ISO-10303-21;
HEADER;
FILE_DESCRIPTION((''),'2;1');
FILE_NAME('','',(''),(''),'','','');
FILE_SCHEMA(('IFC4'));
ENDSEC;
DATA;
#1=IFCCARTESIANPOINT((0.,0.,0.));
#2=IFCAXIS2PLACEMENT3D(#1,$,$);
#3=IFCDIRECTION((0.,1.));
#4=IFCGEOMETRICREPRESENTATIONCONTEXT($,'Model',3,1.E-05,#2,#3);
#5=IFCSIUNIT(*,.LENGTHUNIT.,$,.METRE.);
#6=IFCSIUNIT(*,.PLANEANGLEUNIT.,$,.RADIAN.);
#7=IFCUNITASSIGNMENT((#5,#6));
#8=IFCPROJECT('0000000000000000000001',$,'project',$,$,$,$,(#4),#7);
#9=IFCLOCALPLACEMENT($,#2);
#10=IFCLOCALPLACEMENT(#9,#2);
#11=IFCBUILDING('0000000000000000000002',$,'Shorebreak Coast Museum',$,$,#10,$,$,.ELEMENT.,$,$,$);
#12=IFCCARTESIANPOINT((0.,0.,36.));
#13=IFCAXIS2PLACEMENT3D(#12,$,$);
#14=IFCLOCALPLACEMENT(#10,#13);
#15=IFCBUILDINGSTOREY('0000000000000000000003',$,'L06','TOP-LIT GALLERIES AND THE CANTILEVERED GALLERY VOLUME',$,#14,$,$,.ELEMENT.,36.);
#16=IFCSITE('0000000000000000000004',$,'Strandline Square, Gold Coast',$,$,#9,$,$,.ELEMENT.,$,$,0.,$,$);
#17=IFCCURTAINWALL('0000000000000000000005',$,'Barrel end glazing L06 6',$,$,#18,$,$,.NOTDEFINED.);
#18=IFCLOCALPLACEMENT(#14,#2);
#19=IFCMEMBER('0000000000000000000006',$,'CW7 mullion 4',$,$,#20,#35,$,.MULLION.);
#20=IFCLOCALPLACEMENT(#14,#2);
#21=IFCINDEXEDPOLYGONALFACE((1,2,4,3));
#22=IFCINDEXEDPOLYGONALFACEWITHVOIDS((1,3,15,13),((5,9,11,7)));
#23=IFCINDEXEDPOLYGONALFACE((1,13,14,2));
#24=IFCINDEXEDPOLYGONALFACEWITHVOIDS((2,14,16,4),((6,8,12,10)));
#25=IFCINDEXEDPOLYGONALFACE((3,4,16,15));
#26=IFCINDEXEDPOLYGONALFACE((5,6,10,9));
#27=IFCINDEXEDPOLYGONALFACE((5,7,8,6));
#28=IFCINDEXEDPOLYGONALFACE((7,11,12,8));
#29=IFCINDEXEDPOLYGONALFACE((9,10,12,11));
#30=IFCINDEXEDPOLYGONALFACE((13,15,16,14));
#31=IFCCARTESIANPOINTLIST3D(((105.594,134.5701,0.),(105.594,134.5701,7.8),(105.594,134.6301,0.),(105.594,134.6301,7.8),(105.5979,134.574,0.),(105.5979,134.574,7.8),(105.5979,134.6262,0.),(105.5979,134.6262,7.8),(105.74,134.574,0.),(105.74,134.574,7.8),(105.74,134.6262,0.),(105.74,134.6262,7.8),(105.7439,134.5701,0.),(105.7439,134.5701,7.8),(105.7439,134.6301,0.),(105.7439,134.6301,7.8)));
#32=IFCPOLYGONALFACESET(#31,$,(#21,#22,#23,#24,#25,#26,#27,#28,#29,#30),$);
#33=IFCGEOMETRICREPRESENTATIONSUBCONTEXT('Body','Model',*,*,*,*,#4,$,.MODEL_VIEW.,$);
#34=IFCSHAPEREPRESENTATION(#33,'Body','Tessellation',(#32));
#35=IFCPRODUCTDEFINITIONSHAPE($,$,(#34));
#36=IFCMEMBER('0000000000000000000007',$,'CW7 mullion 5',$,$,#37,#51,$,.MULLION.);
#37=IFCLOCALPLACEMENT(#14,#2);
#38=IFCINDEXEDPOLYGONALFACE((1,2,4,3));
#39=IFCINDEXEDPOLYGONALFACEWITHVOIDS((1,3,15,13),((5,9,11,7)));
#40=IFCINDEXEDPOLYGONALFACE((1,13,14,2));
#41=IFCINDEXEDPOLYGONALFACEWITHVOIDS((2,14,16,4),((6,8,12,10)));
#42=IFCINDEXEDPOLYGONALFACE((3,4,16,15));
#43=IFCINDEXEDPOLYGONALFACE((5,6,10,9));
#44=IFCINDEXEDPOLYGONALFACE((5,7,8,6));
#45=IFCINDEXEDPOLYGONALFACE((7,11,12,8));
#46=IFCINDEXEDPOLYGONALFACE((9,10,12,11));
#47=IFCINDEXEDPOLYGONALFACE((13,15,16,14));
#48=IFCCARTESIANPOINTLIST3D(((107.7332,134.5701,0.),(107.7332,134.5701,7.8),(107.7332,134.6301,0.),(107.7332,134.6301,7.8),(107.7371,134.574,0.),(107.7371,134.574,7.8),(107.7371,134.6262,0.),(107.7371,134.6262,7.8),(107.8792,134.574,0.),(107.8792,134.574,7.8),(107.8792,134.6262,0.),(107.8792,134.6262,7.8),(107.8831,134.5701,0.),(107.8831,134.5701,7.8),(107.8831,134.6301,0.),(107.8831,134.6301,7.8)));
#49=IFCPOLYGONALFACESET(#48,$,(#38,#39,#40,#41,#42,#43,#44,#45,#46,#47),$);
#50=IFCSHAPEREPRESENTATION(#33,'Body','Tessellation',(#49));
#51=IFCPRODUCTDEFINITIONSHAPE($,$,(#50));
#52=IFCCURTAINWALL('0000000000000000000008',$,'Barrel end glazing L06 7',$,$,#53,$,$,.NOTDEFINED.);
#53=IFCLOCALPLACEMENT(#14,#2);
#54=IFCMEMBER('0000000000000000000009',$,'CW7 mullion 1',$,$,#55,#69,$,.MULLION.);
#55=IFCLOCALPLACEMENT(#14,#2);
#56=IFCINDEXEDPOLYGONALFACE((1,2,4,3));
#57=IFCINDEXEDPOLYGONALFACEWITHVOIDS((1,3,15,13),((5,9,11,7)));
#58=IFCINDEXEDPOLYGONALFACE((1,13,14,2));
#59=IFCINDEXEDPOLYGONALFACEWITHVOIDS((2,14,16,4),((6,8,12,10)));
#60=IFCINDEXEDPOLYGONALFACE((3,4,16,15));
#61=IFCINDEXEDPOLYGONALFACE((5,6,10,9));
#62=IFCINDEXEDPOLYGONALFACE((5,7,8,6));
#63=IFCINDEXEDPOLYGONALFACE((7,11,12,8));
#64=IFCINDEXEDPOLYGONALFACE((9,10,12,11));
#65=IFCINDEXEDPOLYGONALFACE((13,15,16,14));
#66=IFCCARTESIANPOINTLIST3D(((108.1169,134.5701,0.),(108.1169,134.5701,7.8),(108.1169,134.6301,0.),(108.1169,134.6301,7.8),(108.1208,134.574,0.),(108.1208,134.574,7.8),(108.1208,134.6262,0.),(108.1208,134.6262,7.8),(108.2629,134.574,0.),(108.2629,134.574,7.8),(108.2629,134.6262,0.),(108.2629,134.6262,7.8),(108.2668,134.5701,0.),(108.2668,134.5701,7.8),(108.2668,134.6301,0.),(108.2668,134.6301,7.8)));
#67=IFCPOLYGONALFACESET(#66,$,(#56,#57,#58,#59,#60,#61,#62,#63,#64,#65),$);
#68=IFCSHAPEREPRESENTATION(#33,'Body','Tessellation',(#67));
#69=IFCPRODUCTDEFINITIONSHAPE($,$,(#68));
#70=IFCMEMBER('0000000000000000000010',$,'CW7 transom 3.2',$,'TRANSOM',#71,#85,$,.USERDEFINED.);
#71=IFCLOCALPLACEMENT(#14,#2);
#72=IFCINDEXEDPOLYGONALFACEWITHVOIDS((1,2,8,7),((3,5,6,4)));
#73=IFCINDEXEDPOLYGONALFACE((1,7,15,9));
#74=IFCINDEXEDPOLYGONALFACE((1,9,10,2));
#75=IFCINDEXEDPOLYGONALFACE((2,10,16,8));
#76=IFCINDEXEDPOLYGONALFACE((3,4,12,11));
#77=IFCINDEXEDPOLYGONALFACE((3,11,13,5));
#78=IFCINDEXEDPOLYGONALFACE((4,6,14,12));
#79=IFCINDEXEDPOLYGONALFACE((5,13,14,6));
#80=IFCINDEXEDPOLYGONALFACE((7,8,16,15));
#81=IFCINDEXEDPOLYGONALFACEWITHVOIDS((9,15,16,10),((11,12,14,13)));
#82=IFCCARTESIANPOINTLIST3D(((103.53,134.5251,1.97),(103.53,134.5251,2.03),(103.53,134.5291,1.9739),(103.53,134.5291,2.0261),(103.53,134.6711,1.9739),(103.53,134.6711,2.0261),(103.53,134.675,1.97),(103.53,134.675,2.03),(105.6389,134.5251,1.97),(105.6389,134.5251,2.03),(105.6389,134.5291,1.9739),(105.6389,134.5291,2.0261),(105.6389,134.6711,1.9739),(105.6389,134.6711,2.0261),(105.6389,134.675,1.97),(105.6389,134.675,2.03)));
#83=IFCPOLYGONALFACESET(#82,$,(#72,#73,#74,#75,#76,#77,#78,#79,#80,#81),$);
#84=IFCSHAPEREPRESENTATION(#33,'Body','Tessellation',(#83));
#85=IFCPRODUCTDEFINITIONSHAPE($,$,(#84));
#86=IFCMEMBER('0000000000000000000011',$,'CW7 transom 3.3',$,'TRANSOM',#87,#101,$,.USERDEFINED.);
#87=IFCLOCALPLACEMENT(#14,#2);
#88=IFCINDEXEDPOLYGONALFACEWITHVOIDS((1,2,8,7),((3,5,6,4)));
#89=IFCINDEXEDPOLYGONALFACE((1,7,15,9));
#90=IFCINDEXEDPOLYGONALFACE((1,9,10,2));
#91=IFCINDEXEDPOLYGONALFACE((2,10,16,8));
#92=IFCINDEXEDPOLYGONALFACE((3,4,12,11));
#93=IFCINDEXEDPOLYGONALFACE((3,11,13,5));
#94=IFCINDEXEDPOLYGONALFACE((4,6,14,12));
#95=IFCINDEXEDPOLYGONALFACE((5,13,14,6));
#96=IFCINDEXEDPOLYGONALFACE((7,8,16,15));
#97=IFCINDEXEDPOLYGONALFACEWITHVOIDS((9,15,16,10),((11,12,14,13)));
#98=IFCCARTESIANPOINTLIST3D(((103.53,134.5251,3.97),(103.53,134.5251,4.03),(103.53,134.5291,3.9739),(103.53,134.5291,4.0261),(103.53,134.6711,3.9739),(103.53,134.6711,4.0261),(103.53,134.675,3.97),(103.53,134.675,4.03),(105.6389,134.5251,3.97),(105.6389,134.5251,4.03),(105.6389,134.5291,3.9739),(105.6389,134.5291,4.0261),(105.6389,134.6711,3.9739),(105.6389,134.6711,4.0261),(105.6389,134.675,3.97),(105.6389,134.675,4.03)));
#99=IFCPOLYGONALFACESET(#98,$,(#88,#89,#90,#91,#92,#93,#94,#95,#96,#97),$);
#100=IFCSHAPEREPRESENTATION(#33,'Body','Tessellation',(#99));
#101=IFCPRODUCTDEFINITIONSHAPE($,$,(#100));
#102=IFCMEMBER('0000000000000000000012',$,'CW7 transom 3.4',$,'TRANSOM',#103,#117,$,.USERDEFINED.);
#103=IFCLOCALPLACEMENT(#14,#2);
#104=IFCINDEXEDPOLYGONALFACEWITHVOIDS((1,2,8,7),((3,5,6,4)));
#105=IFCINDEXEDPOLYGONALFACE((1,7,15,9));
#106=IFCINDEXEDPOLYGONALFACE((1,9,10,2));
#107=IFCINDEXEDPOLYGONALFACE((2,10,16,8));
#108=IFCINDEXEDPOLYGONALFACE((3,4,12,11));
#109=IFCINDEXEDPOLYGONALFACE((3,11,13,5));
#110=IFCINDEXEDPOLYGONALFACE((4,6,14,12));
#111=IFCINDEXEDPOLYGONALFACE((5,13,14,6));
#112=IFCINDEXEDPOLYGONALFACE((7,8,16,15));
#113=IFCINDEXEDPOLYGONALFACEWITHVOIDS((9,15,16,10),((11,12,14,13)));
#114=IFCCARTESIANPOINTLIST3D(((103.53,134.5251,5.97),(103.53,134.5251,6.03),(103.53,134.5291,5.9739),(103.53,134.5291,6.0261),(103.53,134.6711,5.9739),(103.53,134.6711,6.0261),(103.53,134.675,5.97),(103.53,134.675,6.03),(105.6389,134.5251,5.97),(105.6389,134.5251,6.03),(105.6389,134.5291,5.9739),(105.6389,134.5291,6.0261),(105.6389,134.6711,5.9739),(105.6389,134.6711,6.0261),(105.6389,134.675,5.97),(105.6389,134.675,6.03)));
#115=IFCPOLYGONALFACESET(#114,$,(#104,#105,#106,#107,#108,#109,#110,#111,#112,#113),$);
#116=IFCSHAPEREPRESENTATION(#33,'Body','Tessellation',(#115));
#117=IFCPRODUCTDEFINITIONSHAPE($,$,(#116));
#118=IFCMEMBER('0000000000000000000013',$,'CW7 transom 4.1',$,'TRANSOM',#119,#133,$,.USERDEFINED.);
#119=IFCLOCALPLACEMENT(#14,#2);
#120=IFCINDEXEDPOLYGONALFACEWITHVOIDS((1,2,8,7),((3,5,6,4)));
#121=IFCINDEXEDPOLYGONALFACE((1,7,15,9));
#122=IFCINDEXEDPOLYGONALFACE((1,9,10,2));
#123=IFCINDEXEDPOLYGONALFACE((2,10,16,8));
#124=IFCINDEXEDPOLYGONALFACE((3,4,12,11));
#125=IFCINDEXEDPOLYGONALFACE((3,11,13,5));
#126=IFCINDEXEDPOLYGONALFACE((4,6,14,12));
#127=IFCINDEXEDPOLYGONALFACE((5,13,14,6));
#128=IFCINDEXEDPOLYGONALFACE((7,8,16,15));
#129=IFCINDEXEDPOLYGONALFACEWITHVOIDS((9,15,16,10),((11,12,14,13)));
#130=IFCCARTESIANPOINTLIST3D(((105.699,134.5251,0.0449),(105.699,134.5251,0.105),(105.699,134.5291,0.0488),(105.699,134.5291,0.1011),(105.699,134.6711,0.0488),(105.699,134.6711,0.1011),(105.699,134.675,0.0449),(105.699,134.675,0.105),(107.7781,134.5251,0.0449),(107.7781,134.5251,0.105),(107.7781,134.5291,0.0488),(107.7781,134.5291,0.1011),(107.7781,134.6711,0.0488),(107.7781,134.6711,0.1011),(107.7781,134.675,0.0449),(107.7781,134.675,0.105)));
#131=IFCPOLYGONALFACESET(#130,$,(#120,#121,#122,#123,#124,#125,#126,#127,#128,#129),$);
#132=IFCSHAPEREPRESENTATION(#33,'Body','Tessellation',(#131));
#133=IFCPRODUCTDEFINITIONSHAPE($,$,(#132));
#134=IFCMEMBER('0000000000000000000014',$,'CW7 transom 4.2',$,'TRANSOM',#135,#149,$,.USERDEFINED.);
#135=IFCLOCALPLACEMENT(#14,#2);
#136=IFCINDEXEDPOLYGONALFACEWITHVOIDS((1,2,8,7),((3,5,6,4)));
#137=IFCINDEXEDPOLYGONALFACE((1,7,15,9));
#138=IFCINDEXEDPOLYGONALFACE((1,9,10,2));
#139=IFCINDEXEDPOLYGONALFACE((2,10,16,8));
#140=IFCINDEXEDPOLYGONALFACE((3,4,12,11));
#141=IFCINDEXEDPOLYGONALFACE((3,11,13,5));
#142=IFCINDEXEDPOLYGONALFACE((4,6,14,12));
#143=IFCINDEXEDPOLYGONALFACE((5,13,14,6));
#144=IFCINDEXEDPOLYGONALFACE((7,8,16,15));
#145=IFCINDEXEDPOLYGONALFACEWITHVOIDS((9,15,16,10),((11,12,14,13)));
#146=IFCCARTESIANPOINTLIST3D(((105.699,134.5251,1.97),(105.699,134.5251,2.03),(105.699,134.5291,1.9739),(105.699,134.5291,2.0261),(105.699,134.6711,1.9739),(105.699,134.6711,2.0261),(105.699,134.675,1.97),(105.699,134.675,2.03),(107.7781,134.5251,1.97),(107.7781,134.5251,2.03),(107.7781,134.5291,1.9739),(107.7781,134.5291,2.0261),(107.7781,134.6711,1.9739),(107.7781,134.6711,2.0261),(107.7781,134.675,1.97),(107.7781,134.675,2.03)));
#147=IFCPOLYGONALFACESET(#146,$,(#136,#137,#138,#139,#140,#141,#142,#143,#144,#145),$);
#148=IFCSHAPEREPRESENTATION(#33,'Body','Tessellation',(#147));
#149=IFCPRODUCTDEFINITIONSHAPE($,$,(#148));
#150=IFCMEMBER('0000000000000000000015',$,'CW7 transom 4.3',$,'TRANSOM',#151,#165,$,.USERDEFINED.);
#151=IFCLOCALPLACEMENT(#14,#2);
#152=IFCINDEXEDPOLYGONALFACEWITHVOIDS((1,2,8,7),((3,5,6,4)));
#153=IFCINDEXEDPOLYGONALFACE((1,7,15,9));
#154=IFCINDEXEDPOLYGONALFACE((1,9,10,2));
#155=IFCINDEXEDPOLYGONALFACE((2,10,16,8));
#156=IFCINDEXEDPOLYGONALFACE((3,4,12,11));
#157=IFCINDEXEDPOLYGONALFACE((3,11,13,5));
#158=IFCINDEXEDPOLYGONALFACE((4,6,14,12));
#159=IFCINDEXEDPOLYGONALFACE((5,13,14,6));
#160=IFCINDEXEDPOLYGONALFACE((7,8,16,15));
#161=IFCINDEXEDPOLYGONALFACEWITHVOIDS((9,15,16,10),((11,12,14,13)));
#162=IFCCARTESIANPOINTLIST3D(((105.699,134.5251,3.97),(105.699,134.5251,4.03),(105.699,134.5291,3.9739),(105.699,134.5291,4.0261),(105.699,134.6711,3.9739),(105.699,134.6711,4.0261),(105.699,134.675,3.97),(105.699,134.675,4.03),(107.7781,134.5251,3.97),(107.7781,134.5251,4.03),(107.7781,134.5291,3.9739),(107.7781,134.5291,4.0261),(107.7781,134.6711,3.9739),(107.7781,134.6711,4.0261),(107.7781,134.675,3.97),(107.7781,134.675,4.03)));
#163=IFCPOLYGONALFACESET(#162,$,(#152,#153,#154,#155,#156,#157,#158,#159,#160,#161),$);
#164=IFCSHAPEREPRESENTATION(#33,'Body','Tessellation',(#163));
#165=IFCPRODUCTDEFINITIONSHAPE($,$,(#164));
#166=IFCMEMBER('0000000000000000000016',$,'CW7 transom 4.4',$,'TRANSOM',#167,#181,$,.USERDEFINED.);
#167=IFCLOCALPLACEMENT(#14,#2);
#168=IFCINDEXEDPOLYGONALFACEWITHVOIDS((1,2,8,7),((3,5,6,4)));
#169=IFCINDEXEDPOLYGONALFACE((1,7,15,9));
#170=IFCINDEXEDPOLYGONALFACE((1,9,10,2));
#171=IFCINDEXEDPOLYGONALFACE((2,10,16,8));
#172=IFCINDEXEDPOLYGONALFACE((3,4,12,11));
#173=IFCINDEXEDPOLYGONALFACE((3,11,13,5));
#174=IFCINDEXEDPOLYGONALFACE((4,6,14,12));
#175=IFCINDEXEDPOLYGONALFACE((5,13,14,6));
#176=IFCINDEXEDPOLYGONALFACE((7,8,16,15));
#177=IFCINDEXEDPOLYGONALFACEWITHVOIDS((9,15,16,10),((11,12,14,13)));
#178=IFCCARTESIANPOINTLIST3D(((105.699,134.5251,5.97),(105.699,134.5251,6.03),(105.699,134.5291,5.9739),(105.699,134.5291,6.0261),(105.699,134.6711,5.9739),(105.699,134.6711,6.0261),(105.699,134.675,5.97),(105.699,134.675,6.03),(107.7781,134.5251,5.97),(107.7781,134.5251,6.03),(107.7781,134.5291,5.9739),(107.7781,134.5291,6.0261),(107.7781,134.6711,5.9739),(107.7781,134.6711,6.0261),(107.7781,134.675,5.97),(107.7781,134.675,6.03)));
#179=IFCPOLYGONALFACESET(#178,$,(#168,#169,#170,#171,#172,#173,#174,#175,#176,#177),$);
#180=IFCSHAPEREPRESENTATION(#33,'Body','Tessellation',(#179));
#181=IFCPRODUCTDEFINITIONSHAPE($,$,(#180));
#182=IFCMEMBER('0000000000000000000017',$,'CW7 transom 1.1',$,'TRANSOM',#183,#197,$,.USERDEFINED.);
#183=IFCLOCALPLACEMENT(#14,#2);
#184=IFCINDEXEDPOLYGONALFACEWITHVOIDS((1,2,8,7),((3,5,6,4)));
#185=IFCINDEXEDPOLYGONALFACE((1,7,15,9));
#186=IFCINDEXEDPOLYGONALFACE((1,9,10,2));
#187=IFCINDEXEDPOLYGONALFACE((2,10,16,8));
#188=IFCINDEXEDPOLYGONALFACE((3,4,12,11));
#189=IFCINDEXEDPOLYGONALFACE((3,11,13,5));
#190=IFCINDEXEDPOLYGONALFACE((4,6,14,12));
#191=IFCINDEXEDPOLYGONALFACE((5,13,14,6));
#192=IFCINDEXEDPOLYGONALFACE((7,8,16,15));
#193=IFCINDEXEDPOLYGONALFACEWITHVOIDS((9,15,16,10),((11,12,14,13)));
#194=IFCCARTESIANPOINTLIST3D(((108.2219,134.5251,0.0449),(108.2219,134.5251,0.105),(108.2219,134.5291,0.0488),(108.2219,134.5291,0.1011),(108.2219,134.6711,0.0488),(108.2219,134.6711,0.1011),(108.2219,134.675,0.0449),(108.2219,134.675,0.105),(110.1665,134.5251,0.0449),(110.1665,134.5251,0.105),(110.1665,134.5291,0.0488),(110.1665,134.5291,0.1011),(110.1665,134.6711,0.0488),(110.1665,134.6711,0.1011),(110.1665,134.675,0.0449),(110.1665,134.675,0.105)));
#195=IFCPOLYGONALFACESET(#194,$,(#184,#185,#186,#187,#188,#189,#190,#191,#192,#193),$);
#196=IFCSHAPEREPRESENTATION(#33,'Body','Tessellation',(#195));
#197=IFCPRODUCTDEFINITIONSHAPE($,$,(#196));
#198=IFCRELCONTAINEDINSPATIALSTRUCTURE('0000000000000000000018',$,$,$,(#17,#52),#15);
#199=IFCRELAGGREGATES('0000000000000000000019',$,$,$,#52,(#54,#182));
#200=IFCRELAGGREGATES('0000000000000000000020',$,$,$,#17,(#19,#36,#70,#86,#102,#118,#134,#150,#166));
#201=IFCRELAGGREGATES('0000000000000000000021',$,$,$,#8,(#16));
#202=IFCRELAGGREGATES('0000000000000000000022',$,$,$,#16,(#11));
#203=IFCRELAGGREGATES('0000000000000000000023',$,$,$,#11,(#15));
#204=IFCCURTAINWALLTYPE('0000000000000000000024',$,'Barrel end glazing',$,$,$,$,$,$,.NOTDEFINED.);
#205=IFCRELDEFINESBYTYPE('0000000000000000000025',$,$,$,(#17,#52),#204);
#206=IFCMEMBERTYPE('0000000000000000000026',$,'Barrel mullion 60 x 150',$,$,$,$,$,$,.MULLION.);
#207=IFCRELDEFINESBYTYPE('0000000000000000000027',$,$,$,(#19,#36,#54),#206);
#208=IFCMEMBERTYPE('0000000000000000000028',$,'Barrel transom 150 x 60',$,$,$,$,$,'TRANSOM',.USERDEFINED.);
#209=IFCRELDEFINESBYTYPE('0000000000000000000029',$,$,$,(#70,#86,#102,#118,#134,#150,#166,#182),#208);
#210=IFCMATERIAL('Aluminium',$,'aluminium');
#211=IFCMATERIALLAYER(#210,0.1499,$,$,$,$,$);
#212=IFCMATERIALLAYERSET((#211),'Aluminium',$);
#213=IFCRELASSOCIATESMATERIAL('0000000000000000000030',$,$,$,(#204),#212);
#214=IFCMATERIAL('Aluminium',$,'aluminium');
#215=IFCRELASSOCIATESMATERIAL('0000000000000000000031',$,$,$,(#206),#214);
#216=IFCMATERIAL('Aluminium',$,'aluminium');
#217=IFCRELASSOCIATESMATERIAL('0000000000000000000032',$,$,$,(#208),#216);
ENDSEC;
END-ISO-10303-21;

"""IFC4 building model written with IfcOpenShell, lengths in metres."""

from ifc_helpers import new_model, si_unit, direction, frame, origin, origin_2d, place, context, subcontext, project, spatial, hollow_rectangle, extrude, material, layer, layer_set, material_profile, profile_set, type_object, element, aggregate, save


model = new_model("IFC4")

# Units and contexts
model_context = context("Model", 3, precision=1e-05, world=origin(), true_north=direction((0.0, 1.0)))
body_context = subcontext(model_context, "Body", "Model", "MODEL_VIEW")
ifc_project = project(units=[si_unit("LENGTHUNIT", "METRE"), si_unit("PLANEANGLEUNIT", "RADIAN")], contexts=[model_context])

# Site, building, storey
site_placement = place(None, origin())
site = spatial("IfcSite", under=ifc_project, at=site_placement, Name="Strandline Square, Gold Coast", CompositionType="ELEMENT", RefElevation=0.0)
building_placement = place(site_placement, origin())
building = spatial("IfcBuilding", under=site, at=building_placement, Name="Shorebreak Coast Museum", CompositionType="ELEMENT")
storey_placement = place(building_placement, frame((0.0, 0.0, 36.0)))
storey = spatial("IfcBuildingStorey", under=building, at=storey_placement, Name="L06", Description="TOP-LIT GALLERIES AND THE CANTILEVERED GALLERY VOLUME", CompositionType="ELEMENT", Elevation=36.0)

# Curtain wall, members
ifc_material_1 = material(Name="Aluminium", Category="aluminium")
ifc_layer_1 = layer(ifc_material_1, 0.1499)
ifc_layer_set_1 = layer_set([ifc_layer_1], Name="Aluminium")
curtain_wall_type = type_object("IfcCurtainWallType", Name="Barrel end glazing", PredefinedType="NOTDEFINED", material=ifc_layer_set_1)
curtain_wall_1_placement = place(storey_placement, origin())
curtain_wall_1 = element("IfcCurtainWall", 1, at=curtain_wall_1_placement, inside=storey, type_object=curtain_wall_type, Name="Barrel end glazing L06 6", PredefinedType="NOTDEFINED")
ifc_material_2 = material(Name="Aluminium", Category="aluminium")
ifc_material_profile_1 = material_profile(ifc_material_2, hollow_rectangle(XDim=0.0601, YDim=0.1499, WallThickness=0.0039, at=origin_2d()), Name="AL 150x60 RHS")
ifc_profile_set_1 = profile_set([ifc_material_profile_1], Name="Aluminium")
member_type_1 = type_object("IfcMemberType", Name="Barrel mullion 60 x 150", PredefinedType="MULLION", material=ifc_profile_set_1)
member_1_placement = place(storey_placement, frame((105.6689, 134.6001, 0.0), z_axis=(0.0, 0.0, 1.0), x_axis=(0.0, 1.0, 0.0)))
member_1 = element("IfcMember", 2, at=member_1_placement, type_object=member_type_1, Name="CW7 mullion 4", PredefinedType="MULLION", context=body_context, shape_type="SweptSolid", body=[
    extrude(hollow_rectangle(XDim=0.0601, YDim=0.1499, WallThickness=0.0039, at=origin_2d()), origin(), (0.0, 0.0, 1.0), 7.8),
])
member_2_placement = place(storey_placement, frame((107.8081, 134.6001, 0.0), z_axis=(0.0, 0.0, 1.0), x_axis=(0.0, 1.0, 0.0)))
member_2 = element("IfcMember", 3, at=member_2_placement, type_object=member_type_1, Name="CW7 mullion 5", PredefinedType="MULLION", context=body_context, shape_type="SweptSolid", body=[
    extrude(hollow_rectangle(XDim=0.0601, YDim=0.1499, WallThickness=0.0039, at=origin_2d()), origin(), (0.0, 0.0, 1.0), 7.8),
])

# Curtain wall, member
curtain_wall_2_placement = place(storey_placement, origin())
curtain_wall_2 = element("IfcCurtainWall", 4, at=curtain_wall_2_placement, inside=storey, type_object=curtain_wall_type, Name="Barrel end glazing L06 7", PredefinedType="NOTDEFINED")
member_3_placement = place(storey_placement, frame((108.1919, 134.6001, 0.0), z_axis=(0.0, 0.0, 1.0), x_axis=(0.0, 1.0, 0.0)))
member_3 = element("IfcMember", 5, at=member_3_placement, type_object=member_type_1, Name="CW7 mullion 1", PredefinedType="MULLION", context=body_context, shape_type="SweptSolid", body=[
    extrude(hollow_rectangle(XDim=0.0601, YDim=0.1499, WallThickness=0.0039, at=origin_2d()), origin(), (0.0, 0.0, 1.0), 7.8),
])

# Members
ifc_material_3 = material(Name="Aluminium", Category="aluminium")
ifc_material_profile_2 = material_profile(ifc_material_3, hollow_rectangle(XDim=0.1499, YDim=0.0601, WallThickness=0.0039, at=origin_2d()), Name="AL 60x150 RHS")
ifc_profile_set_2 = profile_set([ifc_material_profile_2], Name="Aluminium")
member_type_2 = type_object("IfcMemberType", Name="Barrel transom 150 x 60", ElementType="TRANSOM", PredefinedType="USERDEFINED", material=ifc_profile_set_2)
member_4_placement = place(storey_placement, frame((103.53, 134.6001, 2.0), z_axis=(1.0, 0.0, 0.0), x_axis=(0.0, 1.0, 0.0)))
member_4 = element("IfcMember", 6, at=member_4_placement, type_object=member_type_2, Name="CW7 transom 3.2", ObjectType="TRANSOM", PredefinedType="USERDEFINED", context=body_context, shape_type="SweptSolid", body=[
    extrude(hollow_rectangle(XDim=0.1499, YDim=0.0601, WallThickness=0.0039, at=origin_2d()), origin(), (0.0, 0.0, 1.0), 2.1089),
])
member_5_placement = place(storey_placement, frame((103.53, 134.6001, 4.0), z_axis=(1.0, 0.0, 0.0), x_axis=(0.0, 1.0, 0.0)))
member_5 = element("IfcMember", 7, at=member_5_placement, type_object=member_type_2, Name="CW7 transom 3.3", ObjectType="TRANSOM", PredefinedType="USERDEFINED", context=body_context, shape_type="SweptSolid", body=[
    extrude(hollow_rectangle(XDim=0.1499, YDim=0.0601, WallThickness=0.0039, at=origin_2d()), origin(), (0.0, 0.0, 1.0), 2.1089),
])
member_6_placement = place(storey_placement, frame((103.53, 134.6001, 6.0), z_axis=(1.0, 0.0, 0.0), x_axis=(0.0, 1.0, 0.0)))
member_6 = element("IfcMember", 8, at=member_6_placement, type_object=member_type_2, Name="CW7 transom 3.4", ObjectType="TRANSOM", PredefinedType="USERDEFINED", context=body_context, shape_type="SweptSolid", body=[
    extrude(hollow_rectangle(XDim=0.1499, YDim=0.0601, WallThickness=0.0039, at=origin_2d()), origin(), (0.0, 0.0, 1.0), 2.1089),
])
member_7_placement = place(storey_placement, frame((105.699, 134.6001, 0.075), z_axis=(1.0, 0.0, 0.0), x_axis=(0.0, 1.0, 0.0)))
member_7 = element("IfcMember", 9, at=member_7_placement, type_object=member_type_2, Name="CW7 transom 4.1", ObjectType="TRANSOM", PredefinedType="USERDEFINED", context=body_context, shape_type="SweptSolid", body=[
    extrude(hollow_rectangle(XDim=0.1499, YDim=0.0601, WallThickness=0.0039, at=origin_2d()), origin(), (0.0, 0.0, 1.0), 2.0791),
])
member_8_placement = place(storey_placement, frame((105.699, 134.6001, 2.0), z_axis=(1.0, 0.0, 0.0), x_axis=(0.0, 1.0, 0.0)))
member_8 = element("IfcMember", 10, at=member_8_placement, type_object=member_type_2, Name="CW7 transom 4.2", ObjectType="TRANSOM", PredefinedType="USERDEFINED", context=body_context, shape_type="SweptSolid", body=[
    extrude(hollow_rectangle(XDim=0.1499, YDim=0.0601, WallThickness=0.0039, at=origin_2d()), origin(), (0.0, 0.0, 1.0), 2.0791),
])
member_9_placement = place(storey_placement, frame((105.699, 134.6001, 4.0), z_axis=(1.0, 0.0, 0.0), x_axis=(0.0, 1.0, 0.0)))
member_9 = element("IfcMember", 11, at=member_9_placement, type_object=member_type_2, Name="CW7 transom 4.3", ObjectType="TRANSOM", PredefinedType="USERDEFINED", context=body_context, shape_type="SweptSolid", body=[
    extrude(hollow_rectangle(XDim=0.1499, YDim=0.0601, WallThickness=0.0039, at=origin_2d()), origin(), (0.0, 0.0, 1.0), 2.0791),
])
member_10_placement = place(storey_placement, frame((105.699, 134.6001, 6.0), z_axis=(1.0, 0.0, 0.0), x_axis=(0.0, 1.0, 0.0)))
member_10 = element("IfcMember", 12, at=member_10_placement, type_object=member_type_2, Name="CW7 transom 4.4", ObjectType="TRANSOM", PredefinedType="USERDEFINED", context=body_context, shape_type="SweptSolid", body=[
    extrude(hollow_rectangle(XDim=0.1499, YDim=0.0601, WallThickness=0.0039, at=origin_2d()), origin(), (0.0, 0.0, 1.0), 2.0791),
])
member_11_placement = place(storey_placement, frame((108.2219, 134.6001, 0.075), z_axis=(1.0, 0.0, 0.0), x_axis=(0.0, 1.0, 0.0)))
member_11 = element("IfcMember", 13, at=member_11_placement, type_object=member_type_2, Name="CW7 transom 1.1", ObjectType="TRANSOM", PredefinedType="USERDEFINED", context=body_context, shape_type="SweptSolid", body=[
    extrude(hollow_rectangle(XDim=0.1499, YDim=0.0601, WallThickness=0.0039, at=origin_2d()), origin(), (0.0, 0.0, 1.0), 1.9446),
])
aggregate(curtain_wall_2, [member_3, member_11])

aggregate(curtain_wall_1, [member_1, member_2, member_4, member_5, member_6, member_7, member_8, member_9, member_10])

save(model, "model.ifc")
